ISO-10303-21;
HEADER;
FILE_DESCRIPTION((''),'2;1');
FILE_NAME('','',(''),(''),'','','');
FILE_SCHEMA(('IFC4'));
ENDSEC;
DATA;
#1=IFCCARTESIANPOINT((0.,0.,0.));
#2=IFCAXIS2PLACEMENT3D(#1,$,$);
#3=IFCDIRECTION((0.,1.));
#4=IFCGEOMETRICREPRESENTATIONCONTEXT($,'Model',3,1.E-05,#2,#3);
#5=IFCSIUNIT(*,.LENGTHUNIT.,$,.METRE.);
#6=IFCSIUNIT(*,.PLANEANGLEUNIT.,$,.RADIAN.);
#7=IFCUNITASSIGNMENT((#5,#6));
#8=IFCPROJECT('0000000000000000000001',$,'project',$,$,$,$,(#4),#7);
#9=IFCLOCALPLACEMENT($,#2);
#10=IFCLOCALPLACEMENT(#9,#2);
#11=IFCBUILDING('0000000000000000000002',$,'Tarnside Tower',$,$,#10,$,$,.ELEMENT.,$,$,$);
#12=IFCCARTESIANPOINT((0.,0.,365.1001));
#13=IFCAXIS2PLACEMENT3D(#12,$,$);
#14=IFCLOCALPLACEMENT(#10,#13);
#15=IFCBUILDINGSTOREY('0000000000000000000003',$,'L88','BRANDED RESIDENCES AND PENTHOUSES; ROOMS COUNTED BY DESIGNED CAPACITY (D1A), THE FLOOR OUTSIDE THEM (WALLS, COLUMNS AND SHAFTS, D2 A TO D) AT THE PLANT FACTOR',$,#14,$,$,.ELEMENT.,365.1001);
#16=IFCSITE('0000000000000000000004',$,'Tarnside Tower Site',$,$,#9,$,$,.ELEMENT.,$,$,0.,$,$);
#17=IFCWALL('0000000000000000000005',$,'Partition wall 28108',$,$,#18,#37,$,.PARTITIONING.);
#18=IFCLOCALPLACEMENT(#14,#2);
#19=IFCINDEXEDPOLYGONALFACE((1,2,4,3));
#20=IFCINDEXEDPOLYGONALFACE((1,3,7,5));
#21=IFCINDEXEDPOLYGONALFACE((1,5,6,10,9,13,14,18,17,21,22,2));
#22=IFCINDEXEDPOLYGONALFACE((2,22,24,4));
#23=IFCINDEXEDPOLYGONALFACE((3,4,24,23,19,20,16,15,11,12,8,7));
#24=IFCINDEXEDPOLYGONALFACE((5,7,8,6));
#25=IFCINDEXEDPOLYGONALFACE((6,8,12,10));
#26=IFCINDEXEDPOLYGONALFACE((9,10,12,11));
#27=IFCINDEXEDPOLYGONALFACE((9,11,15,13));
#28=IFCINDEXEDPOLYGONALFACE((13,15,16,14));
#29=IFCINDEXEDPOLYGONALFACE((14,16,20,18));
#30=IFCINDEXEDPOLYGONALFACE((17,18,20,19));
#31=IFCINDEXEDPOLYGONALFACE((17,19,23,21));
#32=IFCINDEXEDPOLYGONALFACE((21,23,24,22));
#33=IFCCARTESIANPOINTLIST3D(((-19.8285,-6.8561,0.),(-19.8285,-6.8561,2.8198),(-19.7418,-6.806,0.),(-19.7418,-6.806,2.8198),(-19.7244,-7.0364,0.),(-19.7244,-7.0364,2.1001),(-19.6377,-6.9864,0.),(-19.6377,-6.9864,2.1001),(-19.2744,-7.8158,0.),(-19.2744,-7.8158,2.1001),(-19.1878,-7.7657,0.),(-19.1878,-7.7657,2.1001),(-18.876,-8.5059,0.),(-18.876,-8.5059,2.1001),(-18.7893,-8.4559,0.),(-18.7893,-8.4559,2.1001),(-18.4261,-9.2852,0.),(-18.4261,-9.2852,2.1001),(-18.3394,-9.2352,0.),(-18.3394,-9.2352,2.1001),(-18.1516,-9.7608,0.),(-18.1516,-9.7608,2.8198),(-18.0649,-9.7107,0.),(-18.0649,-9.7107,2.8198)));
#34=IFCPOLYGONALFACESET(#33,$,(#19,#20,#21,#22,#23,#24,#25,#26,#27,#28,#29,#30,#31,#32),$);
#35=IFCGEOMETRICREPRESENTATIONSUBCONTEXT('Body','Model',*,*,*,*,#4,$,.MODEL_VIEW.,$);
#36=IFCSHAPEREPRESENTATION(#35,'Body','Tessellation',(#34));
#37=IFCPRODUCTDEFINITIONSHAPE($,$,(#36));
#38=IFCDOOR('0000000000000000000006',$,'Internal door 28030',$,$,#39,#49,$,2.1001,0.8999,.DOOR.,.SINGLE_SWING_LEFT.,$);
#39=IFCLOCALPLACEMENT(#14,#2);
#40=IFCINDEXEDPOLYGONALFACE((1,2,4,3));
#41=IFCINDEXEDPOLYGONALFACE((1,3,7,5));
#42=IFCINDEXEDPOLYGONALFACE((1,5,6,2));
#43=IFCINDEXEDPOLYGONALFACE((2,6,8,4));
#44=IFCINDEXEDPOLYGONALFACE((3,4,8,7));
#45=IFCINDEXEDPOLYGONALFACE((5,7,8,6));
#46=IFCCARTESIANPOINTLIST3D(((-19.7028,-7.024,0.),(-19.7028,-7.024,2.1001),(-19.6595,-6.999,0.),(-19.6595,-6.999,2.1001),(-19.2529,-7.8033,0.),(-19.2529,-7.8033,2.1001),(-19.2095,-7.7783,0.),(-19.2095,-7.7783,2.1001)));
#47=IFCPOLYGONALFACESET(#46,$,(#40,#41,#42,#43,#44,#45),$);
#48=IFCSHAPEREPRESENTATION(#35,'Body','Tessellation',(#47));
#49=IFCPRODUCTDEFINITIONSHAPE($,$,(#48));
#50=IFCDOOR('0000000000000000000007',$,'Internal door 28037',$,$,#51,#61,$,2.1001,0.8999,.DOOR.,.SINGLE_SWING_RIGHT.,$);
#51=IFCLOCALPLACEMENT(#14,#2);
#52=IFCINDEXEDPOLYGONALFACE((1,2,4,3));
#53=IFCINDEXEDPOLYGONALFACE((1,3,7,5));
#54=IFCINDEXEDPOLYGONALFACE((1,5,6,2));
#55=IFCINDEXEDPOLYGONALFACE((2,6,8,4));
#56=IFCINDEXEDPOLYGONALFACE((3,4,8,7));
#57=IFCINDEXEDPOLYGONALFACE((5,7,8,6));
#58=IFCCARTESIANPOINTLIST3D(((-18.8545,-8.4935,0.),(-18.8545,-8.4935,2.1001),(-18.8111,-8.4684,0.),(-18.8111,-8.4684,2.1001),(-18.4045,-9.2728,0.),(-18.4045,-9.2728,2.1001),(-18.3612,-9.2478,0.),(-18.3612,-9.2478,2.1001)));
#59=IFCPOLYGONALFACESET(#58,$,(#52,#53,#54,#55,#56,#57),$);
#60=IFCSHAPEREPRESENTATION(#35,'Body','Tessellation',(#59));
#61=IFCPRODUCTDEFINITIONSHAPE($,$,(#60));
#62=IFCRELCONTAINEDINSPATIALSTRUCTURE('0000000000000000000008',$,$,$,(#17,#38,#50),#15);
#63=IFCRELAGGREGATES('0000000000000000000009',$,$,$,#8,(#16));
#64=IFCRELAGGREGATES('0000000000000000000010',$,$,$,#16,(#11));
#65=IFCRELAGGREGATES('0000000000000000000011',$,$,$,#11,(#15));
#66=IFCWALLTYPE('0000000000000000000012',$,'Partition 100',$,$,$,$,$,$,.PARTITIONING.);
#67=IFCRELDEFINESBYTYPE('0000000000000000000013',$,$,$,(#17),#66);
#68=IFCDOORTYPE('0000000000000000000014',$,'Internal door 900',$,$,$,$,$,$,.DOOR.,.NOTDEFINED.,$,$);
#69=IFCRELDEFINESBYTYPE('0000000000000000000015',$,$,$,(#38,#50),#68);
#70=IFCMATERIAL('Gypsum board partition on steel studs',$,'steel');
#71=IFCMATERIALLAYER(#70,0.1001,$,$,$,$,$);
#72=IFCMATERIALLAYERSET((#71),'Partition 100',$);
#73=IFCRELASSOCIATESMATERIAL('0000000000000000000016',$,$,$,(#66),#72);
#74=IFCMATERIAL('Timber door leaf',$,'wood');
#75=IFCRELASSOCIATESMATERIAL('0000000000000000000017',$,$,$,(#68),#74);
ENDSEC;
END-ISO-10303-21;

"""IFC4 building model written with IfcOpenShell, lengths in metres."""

from ifc_helpers import new_model, si_unit, direction, frame, frame_2d, origin, place, context, subcontext, project, spatial, rectangle, extrude, material, layer, layer_set, type_object, element, fill, save


model = new_model("IFC4")

# Units and contexts
model_context = context("Model", 3, precision=1e-05, world=origin(), true_north=direction((0.0, 1.0)))
body_context = subcontext(model_context, "Body", "Model", "MODEL_VIEW")
ifc_project = project(units=[si_unit("LENGTHUNIT", "METRE"), si_unit("PLANEANGLEUNIT", "RADIAN")], contexts=[model_context])

# Site, building, storey
site_placement = place(None, origin())
site = spatial("IfcSite", under=ifc_project, at=site_placement, Name="Tarnside Tower Site", CompositionType="ELEMENT", RefElevation=0.0)
building_placement = place(site_placement, origin())
building = spatial("IfcBuilding", under=site, at=building_placement, Name="Tarnside Tower", CompositionType="ELEMENT")
storey_placement = place(building_placement, frame((0.0, 0.0, 365.1001)))
storey = spatial("IfcBuildingStorey", under=building, at=storey_placement, Name="L88", Description="BRANDED RESIDENCES AND PENTHOUSES; ROOMS COUNTED BY DESIGNED CAPACITY (D1A), THE FLOOR OUTSIDE THEM (WALLS, COLUMNS AND SHAFTS, D2 A TO D) AT THE PLANT FACTOR", CompositionType="ELEMENT", Elevation=365.1001)

# Shared definitions
ifc_material_1 = material(Name="Gypsum board partition on steel studs", Category="steel")
ifc_material_2 = material(Name="Timber door leaf", Category="wood")

# Wall, openings, doors
ifc_layer_1 = layer(ifc_material_1, 0.1001)
ifc_layer_set_1 = layer_set([ifc_layer_1], Name="Partition 100")
wall_type_1 = type_object("IfcWallType", Name="Partition 100", PredefinedType="PARTITIONING", material=ifc_layer_set_1)
wall_1_placement = place(storey_placement, frame((-19.7852, -6.8311, 0.0), z_axis=(0.0, 0.0, 1.0), x_axis=(0.499983, -0.866035, 0.0)))
wall_1 = element("IfcWall", 1, at=wall_1_placement, inside=storey, type_object=wall_type_1, Name="Partition wall 28108", PredefinedType="PARTITIONING", context=body_context, shape_type="SweptSolid", body=[
    extrude(rectangle(XDim=3.354, YDim=0.1001, at=frame_2d((1.677, 0.0))), origin(), (0.0, 0.0, 1.0), 2.8198),
])
opening_1_placement = place(wall_1_placement, frame((0.2083, 0.0, 0.0)))
opening_1 = element("IfcOpeningElement", 2, at=opening_1_placement, cuts=wall_1, PredefinedType="OPENING", context=body_context, shape_type="SweptSolid", body=[
    extrude(rectangle(XDim=0.8999, YDim=2.1001, at=frame_2d((0.45, 1.05))), frame((0.0, 0.0601, 0.0), z_axis=(0.0, -1.0, 0.0), x_axis=(1.0, 0.0, 0.0)), (0.0, 0.0, 1.0), 0.1201),
])
opening_2_placement = place(wall_1_placement, frame((1.905, 0.0, 0.0)))
opening_2 = element("IfcOpeningElement", 3, at=opening_2_placement, cuts=wall_1, PredefinedType="OPENING", context=body_context, shape_type="SweptSolid", body=[
    extrude(rectangle(XDim=0.8999, YDim=2.1001, at=frame_2d((0.45, 1.05))), frame((0.0, 0.0601, 0.0), z_axis=(0.0, -1.0, 0.0), x_axis=(1.0, 0.0, 0.0)), (0.0, 0.0, 1.0), 0.1201),
])
door_type_1 = type_object("IfcDoorType", Name="Internal door 900", OperationType="NOTDEFINED", PredefinedType="DOOR", material=ifc_material_2)
door_1_placement = place(opening_1_placement, origin())
door_1 = element("IfcDoor", 4, at=door_1_placement, inside=storey, type_object=door_type_1, Name="Internal door 28030", OperationType="SINGLE_SWING_LEFT", OverallHeight=2.1001, OverallWidth=0.8999, PredefinedType="DOOR", context=body_context, shape_type="SweptSolid", body=[
    extrude(rectangle(XDim=0.8999, YDim=2.1001, at=frame_2d((0.45, 1.05))), frame((0.0, 0.0249, 0.0), z_axis=(0.0, -1.0, 0.0), x_axis=(1.0, 0.0, 0.0)), (0.0, 0.0, 1.0), 0.05),
])
fill(opening_1, door_1)
door_2_placement = place(opening_2_placement, origin())
door_2 = element("IfcDoor", 5, at=door_2_placement, inside=storey, type_object=door_type_1, Name="Internal door 28037", OperationType="SINGLE_SWING_RIGHT", OverallHeight=2.1001, OverallWidth=0.8999, PredefinedType="DOOR", context=body_context, shape_type="SweptSolid", body=[
    extrude(rectangle(XDim=0.8999, YDim=2.1001, at=frame_2d((0.45, 1.05))), frame((0.0, 0.0249, 0.0), z_axis=(0.0, -1.0, 0.0), x_axis=(1.0, 0.0, 0.0)), (0.0, 0.0, 1.0), 0.05),
])
fill(opening_2, door_2)

save(model, "model.ifc")
